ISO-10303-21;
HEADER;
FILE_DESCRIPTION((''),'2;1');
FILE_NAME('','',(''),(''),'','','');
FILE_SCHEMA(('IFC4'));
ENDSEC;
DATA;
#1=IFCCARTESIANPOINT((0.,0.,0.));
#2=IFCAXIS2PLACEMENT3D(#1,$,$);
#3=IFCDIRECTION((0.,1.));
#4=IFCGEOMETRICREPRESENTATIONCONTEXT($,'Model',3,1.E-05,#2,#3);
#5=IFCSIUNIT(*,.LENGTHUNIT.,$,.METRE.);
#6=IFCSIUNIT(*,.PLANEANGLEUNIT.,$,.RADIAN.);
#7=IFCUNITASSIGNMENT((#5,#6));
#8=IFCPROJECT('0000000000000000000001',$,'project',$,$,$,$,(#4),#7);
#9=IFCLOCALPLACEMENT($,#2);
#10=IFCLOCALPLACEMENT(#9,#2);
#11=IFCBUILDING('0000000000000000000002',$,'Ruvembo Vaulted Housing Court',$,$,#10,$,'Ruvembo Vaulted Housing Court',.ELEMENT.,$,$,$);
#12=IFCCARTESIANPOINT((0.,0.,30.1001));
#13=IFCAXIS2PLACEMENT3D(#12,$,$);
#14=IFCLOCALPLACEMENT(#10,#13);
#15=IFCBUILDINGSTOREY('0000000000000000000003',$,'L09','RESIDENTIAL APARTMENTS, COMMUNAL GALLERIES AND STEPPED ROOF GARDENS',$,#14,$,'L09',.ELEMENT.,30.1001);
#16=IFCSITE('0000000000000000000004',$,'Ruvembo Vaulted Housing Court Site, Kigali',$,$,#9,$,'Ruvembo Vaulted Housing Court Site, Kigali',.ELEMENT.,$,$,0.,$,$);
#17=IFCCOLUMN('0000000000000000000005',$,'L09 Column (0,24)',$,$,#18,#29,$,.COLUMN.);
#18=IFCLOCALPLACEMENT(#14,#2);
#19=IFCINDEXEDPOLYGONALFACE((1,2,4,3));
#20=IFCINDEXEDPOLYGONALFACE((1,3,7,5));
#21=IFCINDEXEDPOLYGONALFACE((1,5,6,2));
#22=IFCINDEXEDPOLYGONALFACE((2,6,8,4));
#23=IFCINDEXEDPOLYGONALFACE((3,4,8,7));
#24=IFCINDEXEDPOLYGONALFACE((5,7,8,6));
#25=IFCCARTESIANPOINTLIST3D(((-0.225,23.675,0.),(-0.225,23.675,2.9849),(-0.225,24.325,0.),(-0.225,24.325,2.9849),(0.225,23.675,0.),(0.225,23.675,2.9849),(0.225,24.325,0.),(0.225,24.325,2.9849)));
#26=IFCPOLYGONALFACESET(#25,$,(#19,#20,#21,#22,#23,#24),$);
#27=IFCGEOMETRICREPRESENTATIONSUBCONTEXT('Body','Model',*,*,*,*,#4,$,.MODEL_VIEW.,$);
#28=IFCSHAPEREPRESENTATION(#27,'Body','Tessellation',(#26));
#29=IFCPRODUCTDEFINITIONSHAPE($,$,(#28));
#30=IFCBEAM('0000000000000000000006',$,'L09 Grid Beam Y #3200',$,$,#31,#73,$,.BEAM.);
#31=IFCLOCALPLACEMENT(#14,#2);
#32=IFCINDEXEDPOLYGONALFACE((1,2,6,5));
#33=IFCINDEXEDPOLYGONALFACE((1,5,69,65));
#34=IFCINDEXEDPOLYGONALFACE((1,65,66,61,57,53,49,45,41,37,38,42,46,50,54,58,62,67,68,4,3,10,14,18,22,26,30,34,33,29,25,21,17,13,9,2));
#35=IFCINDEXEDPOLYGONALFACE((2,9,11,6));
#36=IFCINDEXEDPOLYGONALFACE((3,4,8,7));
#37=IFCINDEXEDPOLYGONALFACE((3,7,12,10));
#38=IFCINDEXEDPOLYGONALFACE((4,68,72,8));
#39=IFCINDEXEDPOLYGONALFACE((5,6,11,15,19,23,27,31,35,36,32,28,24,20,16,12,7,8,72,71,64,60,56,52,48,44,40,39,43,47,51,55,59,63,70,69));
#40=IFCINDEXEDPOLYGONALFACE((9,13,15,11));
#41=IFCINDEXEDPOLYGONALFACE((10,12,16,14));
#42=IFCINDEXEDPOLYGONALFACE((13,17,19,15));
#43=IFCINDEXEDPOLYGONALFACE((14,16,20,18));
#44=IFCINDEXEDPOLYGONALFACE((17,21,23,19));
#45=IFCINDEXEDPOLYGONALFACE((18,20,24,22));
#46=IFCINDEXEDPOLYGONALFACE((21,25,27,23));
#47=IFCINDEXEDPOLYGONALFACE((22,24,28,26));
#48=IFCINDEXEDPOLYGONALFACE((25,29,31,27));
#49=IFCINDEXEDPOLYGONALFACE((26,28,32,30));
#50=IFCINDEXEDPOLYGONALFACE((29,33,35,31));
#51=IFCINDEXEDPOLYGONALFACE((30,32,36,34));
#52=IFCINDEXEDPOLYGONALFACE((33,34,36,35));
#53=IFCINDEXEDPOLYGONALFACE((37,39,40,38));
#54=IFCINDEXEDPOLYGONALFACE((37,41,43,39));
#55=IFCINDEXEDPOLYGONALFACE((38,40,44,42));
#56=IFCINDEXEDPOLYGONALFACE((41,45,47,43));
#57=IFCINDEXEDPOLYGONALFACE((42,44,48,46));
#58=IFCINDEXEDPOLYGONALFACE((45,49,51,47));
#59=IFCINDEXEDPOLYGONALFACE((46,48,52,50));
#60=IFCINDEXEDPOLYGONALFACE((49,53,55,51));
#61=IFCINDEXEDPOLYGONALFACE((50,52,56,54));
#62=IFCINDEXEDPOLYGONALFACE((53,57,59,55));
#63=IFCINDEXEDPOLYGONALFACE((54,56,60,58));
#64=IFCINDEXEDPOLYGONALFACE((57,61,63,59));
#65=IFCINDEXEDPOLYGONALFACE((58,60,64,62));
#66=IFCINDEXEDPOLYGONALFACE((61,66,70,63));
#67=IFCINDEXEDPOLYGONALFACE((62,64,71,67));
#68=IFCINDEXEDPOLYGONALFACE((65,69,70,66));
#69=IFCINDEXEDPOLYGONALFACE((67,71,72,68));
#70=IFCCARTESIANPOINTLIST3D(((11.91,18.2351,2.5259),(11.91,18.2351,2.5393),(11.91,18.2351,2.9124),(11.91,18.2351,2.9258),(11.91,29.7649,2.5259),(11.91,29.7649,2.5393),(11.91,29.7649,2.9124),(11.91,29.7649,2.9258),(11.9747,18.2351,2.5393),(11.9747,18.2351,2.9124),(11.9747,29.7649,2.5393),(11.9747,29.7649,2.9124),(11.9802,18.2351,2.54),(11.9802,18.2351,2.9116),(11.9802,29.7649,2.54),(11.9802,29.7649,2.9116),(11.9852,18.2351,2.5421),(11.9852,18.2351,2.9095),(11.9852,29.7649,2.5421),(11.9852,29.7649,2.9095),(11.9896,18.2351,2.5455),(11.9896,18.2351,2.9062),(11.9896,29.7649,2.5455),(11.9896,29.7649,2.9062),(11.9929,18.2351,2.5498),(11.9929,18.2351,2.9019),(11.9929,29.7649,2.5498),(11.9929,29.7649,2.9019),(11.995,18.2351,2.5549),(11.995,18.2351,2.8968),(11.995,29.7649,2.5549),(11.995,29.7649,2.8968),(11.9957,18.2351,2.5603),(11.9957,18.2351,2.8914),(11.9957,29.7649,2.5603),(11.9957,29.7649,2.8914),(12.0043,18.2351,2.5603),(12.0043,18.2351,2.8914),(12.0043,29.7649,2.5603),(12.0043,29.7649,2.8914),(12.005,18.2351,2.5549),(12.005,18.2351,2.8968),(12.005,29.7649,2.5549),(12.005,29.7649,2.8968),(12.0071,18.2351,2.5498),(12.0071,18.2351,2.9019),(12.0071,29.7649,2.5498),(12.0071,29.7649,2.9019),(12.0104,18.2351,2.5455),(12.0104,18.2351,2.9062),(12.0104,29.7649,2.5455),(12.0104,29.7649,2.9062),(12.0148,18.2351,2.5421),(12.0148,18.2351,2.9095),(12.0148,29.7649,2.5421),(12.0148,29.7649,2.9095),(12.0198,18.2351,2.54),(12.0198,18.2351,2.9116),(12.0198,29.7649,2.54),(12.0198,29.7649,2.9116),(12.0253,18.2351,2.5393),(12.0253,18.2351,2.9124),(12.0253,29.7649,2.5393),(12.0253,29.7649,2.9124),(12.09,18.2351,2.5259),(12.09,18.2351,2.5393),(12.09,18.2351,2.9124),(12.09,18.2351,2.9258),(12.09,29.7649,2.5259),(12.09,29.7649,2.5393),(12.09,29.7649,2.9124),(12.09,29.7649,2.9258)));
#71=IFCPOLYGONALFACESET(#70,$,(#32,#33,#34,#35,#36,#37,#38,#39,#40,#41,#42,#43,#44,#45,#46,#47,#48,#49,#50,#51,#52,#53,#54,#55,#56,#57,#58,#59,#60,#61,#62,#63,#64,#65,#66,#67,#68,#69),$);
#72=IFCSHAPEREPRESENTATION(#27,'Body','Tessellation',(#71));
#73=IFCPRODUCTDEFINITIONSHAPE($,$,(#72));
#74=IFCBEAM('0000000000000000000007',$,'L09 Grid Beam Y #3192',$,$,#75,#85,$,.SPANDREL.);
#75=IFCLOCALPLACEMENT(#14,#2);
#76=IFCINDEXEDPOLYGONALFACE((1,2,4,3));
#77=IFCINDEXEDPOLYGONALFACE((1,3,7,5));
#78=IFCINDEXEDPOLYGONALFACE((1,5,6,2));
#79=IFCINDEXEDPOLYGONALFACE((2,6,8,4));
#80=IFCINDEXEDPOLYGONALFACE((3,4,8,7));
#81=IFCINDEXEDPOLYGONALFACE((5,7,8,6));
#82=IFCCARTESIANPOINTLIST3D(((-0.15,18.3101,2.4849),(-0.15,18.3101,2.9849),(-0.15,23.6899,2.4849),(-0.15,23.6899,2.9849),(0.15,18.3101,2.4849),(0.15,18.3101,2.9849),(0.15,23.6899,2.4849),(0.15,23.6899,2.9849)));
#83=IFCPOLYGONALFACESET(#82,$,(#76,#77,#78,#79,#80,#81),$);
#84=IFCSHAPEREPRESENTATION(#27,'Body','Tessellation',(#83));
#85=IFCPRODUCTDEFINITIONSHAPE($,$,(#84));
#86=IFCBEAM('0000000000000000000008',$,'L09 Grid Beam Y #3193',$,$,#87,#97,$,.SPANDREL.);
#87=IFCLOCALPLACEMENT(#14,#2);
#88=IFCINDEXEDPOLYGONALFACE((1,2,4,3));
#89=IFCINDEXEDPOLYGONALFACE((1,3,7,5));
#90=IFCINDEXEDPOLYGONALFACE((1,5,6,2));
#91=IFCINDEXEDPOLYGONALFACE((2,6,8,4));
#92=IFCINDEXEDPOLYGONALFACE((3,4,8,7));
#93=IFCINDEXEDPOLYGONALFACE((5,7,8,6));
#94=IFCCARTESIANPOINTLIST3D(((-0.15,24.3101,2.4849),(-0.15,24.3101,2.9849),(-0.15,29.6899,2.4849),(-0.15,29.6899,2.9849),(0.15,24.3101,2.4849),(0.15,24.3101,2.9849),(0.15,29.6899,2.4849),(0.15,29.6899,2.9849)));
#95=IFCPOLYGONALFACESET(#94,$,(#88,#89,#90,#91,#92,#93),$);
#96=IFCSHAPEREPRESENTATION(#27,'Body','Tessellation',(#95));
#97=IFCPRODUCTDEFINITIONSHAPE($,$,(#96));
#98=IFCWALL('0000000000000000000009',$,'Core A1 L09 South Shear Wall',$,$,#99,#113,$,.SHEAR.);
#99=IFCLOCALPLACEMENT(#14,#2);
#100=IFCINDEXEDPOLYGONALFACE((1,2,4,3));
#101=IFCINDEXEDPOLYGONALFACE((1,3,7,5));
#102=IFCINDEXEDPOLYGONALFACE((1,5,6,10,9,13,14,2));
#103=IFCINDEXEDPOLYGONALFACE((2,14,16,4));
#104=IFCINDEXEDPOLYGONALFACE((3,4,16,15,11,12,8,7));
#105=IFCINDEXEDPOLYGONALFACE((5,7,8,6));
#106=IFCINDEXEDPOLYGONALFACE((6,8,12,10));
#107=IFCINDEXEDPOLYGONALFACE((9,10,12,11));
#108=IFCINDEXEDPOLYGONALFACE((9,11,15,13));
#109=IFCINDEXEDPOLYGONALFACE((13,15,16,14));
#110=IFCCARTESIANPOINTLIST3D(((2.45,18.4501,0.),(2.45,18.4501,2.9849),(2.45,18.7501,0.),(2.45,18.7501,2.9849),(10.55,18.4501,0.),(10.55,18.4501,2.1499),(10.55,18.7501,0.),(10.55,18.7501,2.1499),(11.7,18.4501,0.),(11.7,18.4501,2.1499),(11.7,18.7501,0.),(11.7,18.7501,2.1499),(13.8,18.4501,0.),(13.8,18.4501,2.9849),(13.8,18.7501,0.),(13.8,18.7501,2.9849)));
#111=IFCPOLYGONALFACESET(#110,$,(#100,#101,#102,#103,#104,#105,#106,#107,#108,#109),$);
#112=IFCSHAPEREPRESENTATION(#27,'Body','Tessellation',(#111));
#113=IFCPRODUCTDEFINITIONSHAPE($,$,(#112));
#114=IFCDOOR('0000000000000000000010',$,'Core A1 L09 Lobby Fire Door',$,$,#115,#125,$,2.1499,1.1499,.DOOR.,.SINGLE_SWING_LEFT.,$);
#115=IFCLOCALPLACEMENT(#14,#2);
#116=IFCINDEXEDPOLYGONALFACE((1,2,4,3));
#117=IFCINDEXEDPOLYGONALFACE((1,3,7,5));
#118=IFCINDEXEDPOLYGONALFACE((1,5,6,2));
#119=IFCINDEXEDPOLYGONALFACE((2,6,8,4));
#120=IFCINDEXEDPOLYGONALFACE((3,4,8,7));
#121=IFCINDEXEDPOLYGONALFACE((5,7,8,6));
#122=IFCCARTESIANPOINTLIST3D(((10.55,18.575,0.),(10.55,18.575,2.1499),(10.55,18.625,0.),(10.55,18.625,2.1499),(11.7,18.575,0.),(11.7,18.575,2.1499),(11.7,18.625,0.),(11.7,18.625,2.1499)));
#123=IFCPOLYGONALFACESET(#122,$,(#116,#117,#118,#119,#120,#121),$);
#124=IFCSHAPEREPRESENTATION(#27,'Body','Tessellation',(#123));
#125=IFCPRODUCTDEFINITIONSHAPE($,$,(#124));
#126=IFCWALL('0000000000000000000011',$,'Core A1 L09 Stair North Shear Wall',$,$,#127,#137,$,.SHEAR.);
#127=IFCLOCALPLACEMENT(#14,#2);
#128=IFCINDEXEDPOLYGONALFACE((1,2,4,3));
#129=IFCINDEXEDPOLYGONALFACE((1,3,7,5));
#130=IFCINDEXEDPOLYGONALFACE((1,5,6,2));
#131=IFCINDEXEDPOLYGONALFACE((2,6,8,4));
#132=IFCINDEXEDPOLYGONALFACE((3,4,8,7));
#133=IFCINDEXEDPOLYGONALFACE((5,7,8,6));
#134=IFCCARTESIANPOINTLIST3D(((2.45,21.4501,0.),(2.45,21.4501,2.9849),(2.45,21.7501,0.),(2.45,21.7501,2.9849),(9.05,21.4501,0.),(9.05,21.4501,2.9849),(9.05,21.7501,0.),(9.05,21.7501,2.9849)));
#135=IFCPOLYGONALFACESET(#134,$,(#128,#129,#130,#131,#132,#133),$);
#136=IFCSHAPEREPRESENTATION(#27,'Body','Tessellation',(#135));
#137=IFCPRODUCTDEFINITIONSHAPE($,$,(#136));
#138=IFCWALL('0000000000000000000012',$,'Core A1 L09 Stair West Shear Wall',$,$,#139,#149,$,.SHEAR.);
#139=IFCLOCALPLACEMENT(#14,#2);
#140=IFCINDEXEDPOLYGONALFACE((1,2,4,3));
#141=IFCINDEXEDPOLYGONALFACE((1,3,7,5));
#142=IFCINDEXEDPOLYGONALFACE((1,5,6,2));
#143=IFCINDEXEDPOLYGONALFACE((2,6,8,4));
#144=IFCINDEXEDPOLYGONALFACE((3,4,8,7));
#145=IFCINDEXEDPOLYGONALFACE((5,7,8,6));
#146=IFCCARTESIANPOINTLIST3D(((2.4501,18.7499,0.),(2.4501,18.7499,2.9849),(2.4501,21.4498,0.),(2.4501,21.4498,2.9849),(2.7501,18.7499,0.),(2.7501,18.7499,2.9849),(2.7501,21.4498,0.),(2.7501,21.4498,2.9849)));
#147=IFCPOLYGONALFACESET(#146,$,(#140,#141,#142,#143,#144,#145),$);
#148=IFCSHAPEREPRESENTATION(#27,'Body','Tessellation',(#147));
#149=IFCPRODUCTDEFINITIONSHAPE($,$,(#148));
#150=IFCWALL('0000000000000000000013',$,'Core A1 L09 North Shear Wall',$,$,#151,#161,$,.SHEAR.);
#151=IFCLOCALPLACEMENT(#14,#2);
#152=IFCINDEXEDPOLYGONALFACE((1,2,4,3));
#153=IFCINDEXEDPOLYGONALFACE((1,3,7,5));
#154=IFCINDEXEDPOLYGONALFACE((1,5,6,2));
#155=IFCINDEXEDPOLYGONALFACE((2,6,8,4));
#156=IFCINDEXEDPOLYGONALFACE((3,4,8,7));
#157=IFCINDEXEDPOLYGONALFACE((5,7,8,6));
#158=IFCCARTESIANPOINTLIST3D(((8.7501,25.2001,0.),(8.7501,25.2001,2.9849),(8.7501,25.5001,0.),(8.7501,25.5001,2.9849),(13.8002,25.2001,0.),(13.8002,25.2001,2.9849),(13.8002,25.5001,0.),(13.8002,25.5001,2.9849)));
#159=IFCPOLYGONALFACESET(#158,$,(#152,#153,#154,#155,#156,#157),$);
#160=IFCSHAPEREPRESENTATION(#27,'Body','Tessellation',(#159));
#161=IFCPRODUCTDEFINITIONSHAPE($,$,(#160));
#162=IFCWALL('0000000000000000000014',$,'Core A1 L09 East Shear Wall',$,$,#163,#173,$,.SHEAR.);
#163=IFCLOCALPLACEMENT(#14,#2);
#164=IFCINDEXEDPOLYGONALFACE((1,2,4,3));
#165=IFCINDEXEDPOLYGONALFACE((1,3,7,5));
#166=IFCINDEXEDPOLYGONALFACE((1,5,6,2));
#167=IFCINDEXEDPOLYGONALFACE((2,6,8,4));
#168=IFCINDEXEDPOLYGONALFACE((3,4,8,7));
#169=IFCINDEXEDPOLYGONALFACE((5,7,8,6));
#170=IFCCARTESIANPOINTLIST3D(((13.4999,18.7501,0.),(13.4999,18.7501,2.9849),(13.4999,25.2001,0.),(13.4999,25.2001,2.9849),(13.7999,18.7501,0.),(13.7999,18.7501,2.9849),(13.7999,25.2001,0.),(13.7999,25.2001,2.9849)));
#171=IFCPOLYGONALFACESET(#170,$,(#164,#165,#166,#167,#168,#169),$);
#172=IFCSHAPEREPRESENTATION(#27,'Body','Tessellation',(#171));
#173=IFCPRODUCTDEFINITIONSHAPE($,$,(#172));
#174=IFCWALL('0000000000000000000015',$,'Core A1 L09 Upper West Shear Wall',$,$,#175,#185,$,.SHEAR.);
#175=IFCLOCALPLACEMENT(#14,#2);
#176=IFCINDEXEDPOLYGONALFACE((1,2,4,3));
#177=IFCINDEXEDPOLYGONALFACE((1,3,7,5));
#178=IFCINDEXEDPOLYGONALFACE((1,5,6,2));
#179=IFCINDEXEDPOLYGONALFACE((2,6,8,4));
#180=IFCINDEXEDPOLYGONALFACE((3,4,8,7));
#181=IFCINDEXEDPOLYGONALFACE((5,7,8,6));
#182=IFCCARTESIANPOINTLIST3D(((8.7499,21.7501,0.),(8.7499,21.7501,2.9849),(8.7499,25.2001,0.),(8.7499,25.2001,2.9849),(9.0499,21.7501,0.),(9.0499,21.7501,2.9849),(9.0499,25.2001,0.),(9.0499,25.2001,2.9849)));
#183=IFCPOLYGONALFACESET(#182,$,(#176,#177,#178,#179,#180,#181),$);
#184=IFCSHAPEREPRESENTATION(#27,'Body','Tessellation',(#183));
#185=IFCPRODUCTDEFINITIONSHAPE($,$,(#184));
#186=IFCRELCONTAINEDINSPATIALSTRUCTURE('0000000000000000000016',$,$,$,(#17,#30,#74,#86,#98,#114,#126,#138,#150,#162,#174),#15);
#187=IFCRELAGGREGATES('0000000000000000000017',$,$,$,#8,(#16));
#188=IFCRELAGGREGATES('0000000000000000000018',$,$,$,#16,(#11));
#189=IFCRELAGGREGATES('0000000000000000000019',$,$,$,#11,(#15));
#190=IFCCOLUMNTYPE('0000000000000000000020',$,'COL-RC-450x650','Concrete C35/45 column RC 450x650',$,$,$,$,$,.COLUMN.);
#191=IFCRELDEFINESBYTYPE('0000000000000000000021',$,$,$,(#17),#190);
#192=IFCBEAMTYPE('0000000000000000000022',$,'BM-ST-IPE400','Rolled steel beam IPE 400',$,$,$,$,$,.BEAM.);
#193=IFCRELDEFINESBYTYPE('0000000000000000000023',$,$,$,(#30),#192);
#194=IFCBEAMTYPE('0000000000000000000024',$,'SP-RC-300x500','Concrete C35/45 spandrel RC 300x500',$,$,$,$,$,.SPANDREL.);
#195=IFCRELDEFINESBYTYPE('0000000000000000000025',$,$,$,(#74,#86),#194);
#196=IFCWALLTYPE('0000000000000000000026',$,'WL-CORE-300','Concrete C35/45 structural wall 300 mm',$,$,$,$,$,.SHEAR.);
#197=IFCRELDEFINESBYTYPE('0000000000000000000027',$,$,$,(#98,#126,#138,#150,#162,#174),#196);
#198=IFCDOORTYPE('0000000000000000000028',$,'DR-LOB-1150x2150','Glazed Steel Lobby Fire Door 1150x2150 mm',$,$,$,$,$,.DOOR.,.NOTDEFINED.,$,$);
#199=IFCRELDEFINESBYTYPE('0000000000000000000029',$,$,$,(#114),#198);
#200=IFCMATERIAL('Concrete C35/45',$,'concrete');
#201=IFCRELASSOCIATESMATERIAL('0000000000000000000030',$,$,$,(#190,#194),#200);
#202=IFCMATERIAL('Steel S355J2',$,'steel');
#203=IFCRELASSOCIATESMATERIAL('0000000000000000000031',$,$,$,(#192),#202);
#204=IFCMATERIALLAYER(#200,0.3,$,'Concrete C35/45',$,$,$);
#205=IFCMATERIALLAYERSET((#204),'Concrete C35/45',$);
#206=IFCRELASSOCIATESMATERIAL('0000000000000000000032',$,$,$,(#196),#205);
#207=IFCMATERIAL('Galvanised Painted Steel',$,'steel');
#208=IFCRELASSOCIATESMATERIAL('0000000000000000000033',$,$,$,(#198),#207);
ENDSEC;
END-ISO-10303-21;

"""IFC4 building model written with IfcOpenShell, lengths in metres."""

from ifc_helpers import new_model, si_unit, direction, frame, frame_2d, origin, origin_2d, place, context, subcontext, project, spatial, rectangle, i_section, extrude, material, layer, layer_set, material_profile, profile_set, type_object, element, fill, save


model = new_model("IFC4")

# Units and contexts
model_context = context("Model", 3, precision=1e-05, world=origin(), true_north=direction((0.0, 1.0)))
body_context = subcontext(model_context, "Body", "Model", "MODEL_VIEW")
ifc_project = project(units=[si_unit("LENGTHUNIT", "METRE"), si_unit("PLANEANGLEUNIT", "RADIAN")], contexts=[model_context])

# Site, building, storey
site_placement = place(None, origin())
site = spatial("IfcSite", under=ifc_project, at=site_placement, Name="Ruvembo Vaulted Housing Court Site, Kigali", LongName="Ruvembo Vaulted Housing Court Site, Kigali", CompositionType="ELEMENT", RefElevation=0.0)
building_placement = place(site_placement, origin())
building = spatial("IfcBuilding", under=site, at=building_placement, Name="Ruvembo Vaulted Housing Court", LongName="Ruvembo Vaulted Housing Court", CompositionType="ELEMENT")
storey_placement = place(building_placement, frame((0.0, 0.0, 30.1001)))
storey = spatial("IfcBuildingStorey", under=building, at=storey_placement, Name="L09", Description="RESIDENTIAL APARTMENTS, COMMUNAL GALLERIES AND STEPPED ROOF GARDENS", LongName="L09", CompositionType="ELEMENT", Elevation=30.1001)

# Column
ifc_material_1 = material(Name="Concrete C35/45", Category="concrete")
ifc_material_profile_1 = material_profile(ifc_material_1, rectangle(XDim=0.45, YDim=0.6499, at=origin_2d()), Name="RC 450x650")
ifc_profile_set_1 = profile_set([ifc_material_profile_1], Name="Concrete C35/45")
column_type = type_object("IfcColumnType", Name="COL-RC-450x650", Description="Concrete C35/45 column RC 450x650", PredefinedType="COLUMN", material=ifc_profile_set_1)
column_placement = place(storey_placement, frame((0.0, 24.0, 0.0), z_axis=(0.0, 0.0, 1.0), x_axis=(1.0, 0.0, 0.0)))
element("IfcColumn", 1, at=column_placement, inside=storey, type_object=column_type, Name="L09 Column (0,24)", PredefinedType="COLUMN", context=body_context, shape_type="SweptSolid", body=[
    extrude(rectangle(XDim=0.45, YDim=0.6499, at=origin_2d()), origin(), (0.0, 0.0, 1.0), 2.9849),
])

# Beams
ifc_material_2 = material(Name="Steel S355J2", Category="steel")
ifc_material_profile_2 = material_profile(ifc_material_2, i_section(OverallWidth=0.1799, OverallDepth=0.3999, WebThickness=0.0085, FlangeThickness=0.0134, FilletRadius=0.021, at=origin_2d()), Name="IPE 400")
ifc_profile_set_2 = profile_set([ifc_material_profile_2], Name="Steel S355J2")
beam_type_1 = type_object("IfcBeamType", Name="BM-ST-IPE400", Description="Rolled steel beam IPE 400", PredefinedType="BEAM", material=ifc_profile_set_2)
beam_placement = place(storey_placement, frame((12.0, 18.2351, 2.7258), z_axis=(0.0, 1.0, 0.0), x_axis=(-1.0, 0.0, 0.0)))
element("IfcBeam", 2, at=beam_placement, inside=storey, type_object=beam_type_1, Name="L09 Grid Beam Y #3200", PredefinedType="BEAM", context=body_context, shape_type="SweptSolid", body=[
    extrude(i_section(OverallWidth=0.1799, OverallDepth=0.3999, WebThickness=0.0085, FlangeThickness=0.0134, FilletRadius=0.021, at=origin_2d()), origin(), (0.0, 0.0, 1.0), 11.5298),
])
ifc_material_profile_3 = material_profile(ifc_material_1, rectangle(XDim=0.3, YDim=0.5, at=origin_2d()), Name="RC 300x500")
ifc_profile_set_3 = profile_set([ifc_material_profile_3], Name="Concrete C35/45")
beam_type_2 = type_object("IfcBeamType", Name="SP-RC-300x500", Description="Concrete C35/45 spandrel RC 300x500", PredefinedType="SPANDREL", material=ifc_profile_set_3)
for number, where, z_axis, x_axis, name in (
    (3, (0.0, 18.3101, 2.7349), (0.0, 1.0, 0.0), (-1.0, 0.0, 0.0), "L09 Grid Beam Y #3192"),
    (4, (0.0, 24.3101, 2.7349), (0.0, 1.0, 0.0), (-1.0, 0.0, 0.0), "L09 Grid Beam Y #3193"),
):
    element("IfcBeam", number, at=place(storey_placement, frame(where, z_axis=z_axis, x_axis=x_axis)), inside=storey, type_object=beam_type_2, Name=name, PredefinedType="SPANDREL", context=body_context, shape_type="SweptSolid", body=[
        extrude(rectangle(XDim=0.3, YDim=0.5, at=origin_2d()), origin(), (0.0, 0.0, 1.0), 5.3799),
    ])

# Wall, opening, door
ifc_layer_1 = layer(ifc_material_1, 0.3, Name="Concrete C35/45")
ifc_layer_set_1 = layer_set([ifc_layer_1], Name="Concrete C35/45")
wall_type_1 = type_object("IfcWallType", Name="WL-CORE-300", Description="Concrete C35/45 structural wall 300 mm", PredefinedType="SHEAR", material=ifc_layer_set_1)
wall_1_placement = place(storey_placement, frame((2.45, 18.6001, 0.0), z_axis=(0.0, 0.0, 1.0), x_axis=(1.0, 0.0, 0.0)))
wall_1 = element("IfcWall", 5, at=wall_1_placement, inside=storey, type_object=wall_type_1, Name="Core A1 L09 South Shear Wall", PredefinedType="SHEAR", context=body_context, shape_type="SweptSolid", body=[
    extrude(rectangle(XDim=11.3501, YDim=0.3, at=frame_2d((5.675, 0.0))), origin(), (0.0, 0.0, 1.0), 2.9849),
])
opening_1_placement = place(wall_1_placement, frame((8.1001, 0.0, 0.0)))
opening_1 = element("IfcOpeningElement", 6, at=opening_1_placement, cuts=wall_1, PredefinedType="OPENING", context=body_context, shape_type="SweptSolid", body=[
    extrude(rectangle(XDim=1.1499, YDim=2.1499, at=frame_2d((0.575, 1.075))), frame((0.0, 0.1599, 0.0), z_axis=(0.0, -1.0, 0.0), x_axis=(1.0, 0.0, 0.0)), (0.0, 0.0, 1.0), 0.3201),
])
ifc_material_3 = material(Name="Galvanised Painted Steel", Category="steel")
door_type_1 = type_object("IfcDoorType", Name="DR-LOB-1150x2150", Description="Glazed Steel Lobby Fire Door 1150x2150 mm", OperationType="NOTDEFINED", PredefinedType="DOOR", material=ifc_material_3)
door_1_placement = place(opening_1_placement, origin())
door_1 = element("IfcDoor", 7, at=door_1_placement, inside=storey, type_object=door_type_1, Name="Core A1 L09 Lobby Fire Door", OperationType="SINGLE_SWING_LEFT", OverallHeight=2.1499, OverallWidth=1.1499, PredefinedType="DOOR", context=body_context, shape_type="SweptSolid", body=[
    extrude(rectangle(XDim=1.1499, YDim=2.1499, at=frame_2d((0.575, 1.075))), frame((0.0, 0.0249, 0.0), z_axis=(0.0, -1.0, 0.0), x_axis=(1.0, 0.0, 0.0)), (0.0, 0.0, 1.0), 0.05),
])
fill(opening_1, door_1)

# Walls
wall_2_placement = place(storey_placement, frame((9.05, 21.6001, 0.0), z_axis=(0.0, 0.0, 1.0), x_axis=(-1.0, 0.0, 0.0)))
element("IfcWall", 8, at=wall_2_placement, inside=storey, type_object=wall_type_1, Name="Core A1 L09 Stair North Shear Wall", PredefinedType="SHEAR", context=body_context, shape_type="SweptSolid", body=[
    extrude(rectangle(XDim=6.6001, YDim=0.3, at=frame_2d((3.3, 0.0))), origin(), (0.0, 0.0, 1.0), 2.9849),
])
wall_3_placement = place(storey_placement, frame((2.6001, 21.45, 0.0), z_axis=(0.0, 0.0, 1.0), x_axis=(0.0, -1.0, 0.0)))
element("IfcWall", 9, at=wall_3_placement, inside=storey, type_object=wall_type_1, Name="Core A1 L09 Stair West Shear Wall", PredefinedType="SHEAR", context=body_context, shape_type="SweptSolid", body=[
    extrude(rectangle(XDim=2.7, YDim=0.3, at=frame_2d((1.3501, 0.0))), origin(), (0.0, 0.0, 1.0), 2.9849),
])

# Walls
wall_4_placement = place(storey_placement, frame((13.8, 25.3501, 0.0), z_axis=(0.0, 0.0, 1.0), x_axis=(-1.0, 0.0, 0.0)))
element("IfcWall", 10, at=wall_4_placement, inside=storey, type_object=wall_type_1, Name="Core A1 L09 North Shear Wall", PredefinedType="SHEAR", context=body_context, shape_type="SweptSolid", body=[
    extrude(rectangle(XDim=5.05, YDim=0.3, at=frame_2d((2.5249, 0.0))), origin(), (0.0, 0.0, 1.0), 2.9849),
])
wall_5_placement = place(storey_placement, frame((13.6499, 18.75, 0.0), z_axis=(0.0, 0.0, 1.0), x_axis=(0.0, 1.0, 0.0)))
element("IfcWall", 11, at=wall_5_placement, inside=storey, type_object=wall_type_1, Name="Core A1 L09 East Shear Wall", PredefinedType="SHEAR", context=body_context, shape_type="SweptSolid", body=[
    extrude(rectangle(XDim=6.45, YDim=0.3, at=frame_2d((3.2251, 0.0))), origin(), (0.0, 0.0, 1.0), 2.9849),
])
wall_6_placement = place(storey_placement, frame((8.8999, 21.75, 0.0), z_axis=(0.0, 0.0, 1.0), x_axis=(0.0, 1.0, 0.0)))
element("IfcWall", 12, at=wall_6_placement, inside=storey, type_object=wall_type_1, Name="Core A1 L09 Upper West Shear Wall", PredefinedType="SHEAR", context=body_context, shape_type="SweptSolid", body=[
    extrude(rectangle(XDim=3.45, YDim=0.3, at=frame_2d((1.7251, 0.0))), origin(), (0.0, 0.0, 1.0), 2.9849),
])

save(model, "model.ifc")
